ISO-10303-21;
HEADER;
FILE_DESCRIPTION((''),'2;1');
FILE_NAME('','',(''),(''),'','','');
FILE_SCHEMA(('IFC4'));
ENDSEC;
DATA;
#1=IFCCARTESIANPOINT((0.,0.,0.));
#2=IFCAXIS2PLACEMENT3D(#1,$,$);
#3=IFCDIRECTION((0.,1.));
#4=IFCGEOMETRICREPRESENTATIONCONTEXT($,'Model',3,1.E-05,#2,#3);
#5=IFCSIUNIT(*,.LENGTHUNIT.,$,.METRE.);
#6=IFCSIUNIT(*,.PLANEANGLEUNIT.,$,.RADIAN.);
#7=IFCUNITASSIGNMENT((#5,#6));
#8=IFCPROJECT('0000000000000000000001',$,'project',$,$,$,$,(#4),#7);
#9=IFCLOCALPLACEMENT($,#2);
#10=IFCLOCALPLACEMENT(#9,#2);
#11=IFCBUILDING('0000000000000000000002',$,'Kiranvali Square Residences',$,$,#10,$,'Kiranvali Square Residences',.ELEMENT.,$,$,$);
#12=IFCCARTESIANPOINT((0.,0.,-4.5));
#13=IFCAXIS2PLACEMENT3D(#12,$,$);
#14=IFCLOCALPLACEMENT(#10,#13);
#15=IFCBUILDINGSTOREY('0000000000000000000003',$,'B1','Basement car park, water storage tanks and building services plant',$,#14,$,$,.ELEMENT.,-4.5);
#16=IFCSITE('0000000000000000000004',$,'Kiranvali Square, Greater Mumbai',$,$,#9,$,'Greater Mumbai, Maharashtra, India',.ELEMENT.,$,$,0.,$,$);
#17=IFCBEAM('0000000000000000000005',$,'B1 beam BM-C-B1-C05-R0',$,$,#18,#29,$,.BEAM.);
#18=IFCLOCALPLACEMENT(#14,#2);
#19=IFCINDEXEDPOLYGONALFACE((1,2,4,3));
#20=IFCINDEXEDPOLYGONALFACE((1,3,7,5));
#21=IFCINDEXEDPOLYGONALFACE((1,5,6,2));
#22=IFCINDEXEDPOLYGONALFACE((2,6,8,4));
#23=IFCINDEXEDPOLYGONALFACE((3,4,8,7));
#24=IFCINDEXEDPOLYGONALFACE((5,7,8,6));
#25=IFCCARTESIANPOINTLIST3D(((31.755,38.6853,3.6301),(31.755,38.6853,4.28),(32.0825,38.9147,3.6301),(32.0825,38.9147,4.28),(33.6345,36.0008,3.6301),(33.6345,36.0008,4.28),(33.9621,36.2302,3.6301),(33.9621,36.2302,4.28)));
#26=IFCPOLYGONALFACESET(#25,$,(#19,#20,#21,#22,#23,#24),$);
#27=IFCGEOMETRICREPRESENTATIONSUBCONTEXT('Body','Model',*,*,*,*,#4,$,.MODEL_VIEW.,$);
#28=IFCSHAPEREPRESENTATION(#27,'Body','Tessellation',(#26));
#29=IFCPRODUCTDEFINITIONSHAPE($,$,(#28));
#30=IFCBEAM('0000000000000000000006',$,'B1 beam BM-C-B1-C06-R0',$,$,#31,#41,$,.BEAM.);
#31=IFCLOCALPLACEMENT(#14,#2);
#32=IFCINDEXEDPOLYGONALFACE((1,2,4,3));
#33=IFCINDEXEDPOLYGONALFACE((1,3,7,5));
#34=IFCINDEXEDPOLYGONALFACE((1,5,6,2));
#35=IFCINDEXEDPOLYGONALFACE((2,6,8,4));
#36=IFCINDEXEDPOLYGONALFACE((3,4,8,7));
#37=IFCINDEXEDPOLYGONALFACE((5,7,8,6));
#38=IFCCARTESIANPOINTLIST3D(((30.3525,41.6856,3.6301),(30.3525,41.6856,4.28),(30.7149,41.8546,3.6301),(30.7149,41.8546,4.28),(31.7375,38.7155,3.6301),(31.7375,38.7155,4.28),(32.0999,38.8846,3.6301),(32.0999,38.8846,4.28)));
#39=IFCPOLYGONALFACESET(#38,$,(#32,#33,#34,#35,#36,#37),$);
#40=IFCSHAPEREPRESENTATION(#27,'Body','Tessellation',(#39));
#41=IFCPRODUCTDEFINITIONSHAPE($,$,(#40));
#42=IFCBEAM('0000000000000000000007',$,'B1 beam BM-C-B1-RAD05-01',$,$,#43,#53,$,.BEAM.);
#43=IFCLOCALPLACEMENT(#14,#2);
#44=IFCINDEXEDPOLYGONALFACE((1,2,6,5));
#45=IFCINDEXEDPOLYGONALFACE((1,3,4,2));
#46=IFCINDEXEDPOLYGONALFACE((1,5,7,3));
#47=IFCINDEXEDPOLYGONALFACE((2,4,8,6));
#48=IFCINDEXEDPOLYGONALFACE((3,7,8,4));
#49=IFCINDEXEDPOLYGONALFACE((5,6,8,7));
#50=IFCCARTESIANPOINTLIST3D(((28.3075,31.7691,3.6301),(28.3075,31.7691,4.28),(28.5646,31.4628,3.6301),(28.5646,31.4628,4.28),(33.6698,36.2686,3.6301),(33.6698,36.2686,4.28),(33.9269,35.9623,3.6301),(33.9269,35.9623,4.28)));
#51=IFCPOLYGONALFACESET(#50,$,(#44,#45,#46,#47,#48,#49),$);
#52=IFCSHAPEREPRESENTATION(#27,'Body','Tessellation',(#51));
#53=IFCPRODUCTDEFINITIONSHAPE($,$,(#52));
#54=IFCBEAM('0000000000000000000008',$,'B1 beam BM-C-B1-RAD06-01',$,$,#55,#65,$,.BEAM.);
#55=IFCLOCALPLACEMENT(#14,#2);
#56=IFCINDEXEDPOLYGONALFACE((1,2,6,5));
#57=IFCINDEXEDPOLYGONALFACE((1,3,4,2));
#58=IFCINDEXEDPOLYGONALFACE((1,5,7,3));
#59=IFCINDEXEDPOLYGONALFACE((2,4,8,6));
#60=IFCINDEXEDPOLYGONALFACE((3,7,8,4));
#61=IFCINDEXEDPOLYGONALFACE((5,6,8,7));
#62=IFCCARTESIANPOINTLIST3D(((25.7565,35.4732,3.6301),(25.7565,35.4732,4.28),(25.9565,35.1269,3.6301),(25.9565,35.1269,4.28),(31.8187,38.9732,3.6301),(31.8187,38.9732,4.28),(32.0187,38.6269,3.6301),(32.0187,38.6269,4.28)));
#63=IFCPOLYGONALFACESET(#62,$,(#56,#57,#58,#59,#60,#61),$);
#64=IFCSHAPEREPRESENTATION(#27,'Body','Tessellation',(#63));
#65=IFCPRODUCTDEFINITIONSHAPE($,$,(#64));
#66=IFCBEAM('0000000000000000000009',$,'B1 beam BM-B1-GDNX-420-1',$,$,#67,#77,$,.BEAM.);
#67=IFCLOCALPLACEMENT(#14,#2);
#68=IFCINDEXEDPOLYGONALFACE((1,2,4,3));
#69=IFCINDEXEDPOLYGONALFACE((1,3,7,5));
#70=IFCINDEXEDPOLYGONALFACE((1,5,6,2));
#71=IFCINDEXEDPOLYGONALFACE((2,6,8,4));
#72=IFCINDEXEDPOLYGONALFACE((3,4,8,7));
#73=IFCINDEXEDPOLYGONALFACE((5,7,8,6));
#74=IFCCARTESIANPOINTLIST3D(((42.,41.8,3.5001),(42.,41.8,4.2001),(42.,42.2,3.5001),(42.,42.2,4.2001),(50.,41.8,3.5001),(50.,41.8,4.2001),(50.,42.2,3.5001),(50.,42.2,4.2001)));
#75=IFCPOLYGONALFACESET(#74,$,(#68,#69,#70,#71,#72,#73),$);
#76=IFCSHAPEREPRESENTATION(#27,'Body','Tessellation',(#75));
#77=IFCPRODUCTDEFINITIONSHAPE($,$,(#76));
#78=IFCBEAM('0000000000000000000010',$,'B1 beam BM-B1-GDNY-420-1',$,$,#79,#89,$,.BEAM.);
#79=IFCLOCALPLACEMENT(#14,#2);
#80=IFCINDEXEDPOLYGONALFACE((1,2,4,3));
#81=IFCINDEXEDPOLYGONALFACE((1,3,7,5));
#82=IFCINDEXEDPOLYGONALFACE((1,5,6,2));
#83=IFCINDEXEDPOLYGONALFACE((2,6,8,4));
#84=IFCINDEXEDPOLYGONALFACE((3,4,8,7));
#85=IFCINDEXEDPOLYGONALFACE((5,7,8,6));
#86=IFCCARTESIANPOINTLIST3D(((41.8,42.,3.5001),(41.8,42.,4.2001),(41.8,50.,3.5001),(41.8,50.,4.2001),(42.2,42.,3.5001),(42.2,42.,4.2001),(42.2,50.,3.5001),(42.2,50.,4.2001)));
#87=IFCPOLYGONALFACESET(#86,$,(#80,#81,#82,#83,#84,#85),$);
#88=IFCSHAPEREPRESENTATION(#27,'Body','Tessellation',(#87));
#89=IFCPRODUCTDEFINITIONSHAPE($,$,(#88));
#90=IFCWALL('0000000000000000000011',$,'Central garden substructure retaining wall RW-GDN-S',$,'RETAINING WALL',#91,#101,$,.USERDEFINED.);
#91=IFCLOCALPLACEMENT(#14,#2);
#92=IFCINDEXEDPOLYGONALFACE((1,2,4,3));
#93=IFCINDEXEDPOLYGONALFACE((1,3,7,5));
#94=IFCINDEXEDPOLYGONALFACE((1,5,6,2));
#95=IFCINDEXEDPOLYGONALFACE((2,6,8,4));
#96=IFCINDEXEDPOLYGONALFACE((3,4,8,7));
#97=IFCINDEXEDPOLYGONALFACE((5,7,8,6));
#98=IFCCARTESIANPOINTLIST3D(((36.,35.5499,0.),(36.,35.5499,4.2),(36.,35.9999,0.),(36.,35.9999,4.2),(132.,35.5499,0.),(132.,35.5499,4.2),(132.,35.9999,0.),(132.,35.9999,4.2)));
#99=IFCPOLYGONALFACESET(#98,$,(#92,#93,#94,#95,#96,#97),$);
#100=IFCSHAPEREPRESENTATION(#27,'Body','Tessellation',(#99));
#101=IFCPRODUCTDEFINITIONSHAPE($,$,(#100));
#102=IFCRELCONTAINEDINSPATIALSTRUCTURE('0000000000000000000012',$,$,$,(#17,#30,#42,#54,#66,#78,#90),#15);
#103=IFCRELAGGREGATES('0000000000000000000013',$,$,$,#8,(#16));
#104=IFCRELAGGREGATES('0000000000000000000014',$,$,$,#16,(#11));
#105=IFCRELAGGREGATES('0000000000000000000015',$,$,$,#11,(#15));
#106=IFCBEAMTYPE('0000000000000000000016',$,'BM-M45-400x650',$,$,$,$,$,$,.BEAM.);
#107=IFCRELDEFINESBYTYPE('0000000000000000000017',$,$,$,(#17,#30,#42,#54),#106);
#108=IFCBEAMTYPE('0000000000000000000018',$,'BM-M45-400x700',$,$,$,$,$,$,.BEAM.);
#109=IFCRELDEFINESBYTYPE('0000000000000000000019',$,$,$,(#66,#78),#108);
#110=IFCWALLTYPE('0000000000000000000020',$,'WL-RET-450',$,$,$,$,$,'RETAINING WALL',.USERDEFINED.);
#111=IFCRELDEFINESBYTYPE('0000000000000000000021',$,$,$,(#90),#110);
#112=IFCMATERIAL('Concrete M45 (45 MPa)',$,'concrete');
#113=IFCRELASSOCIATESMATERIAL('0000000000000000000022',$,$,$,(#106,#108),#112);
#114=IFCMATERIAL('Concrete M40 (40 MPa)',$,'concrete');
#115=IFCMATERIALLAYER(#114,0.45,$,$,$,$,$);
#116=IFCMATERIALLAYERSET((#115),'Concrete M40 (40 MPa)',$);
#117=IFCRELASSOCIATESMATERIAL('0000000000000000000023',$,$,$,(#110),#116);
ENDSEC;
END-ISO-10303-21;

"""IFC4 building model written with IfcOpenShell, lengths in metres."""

from ifc_helpers import new_model, si_unit, direction, frame, frame_2d, origin, origin_2d, place, context, subcontext, project, spatial, rectangle, extrude, material, layer, layer_set, material_profile, profile_set, type_object, element, save


model = new_model("IFC4")

# Units and contexts
model_context = context("Model", 3, precision=1e-05, world=origin(), true_north=direction((0.0, 1.0)))
body_context = subcontext(model_context, "Body", "Model", "MODEL_VIEW")
ifc_project = project(units=[si_unit("LENGTHUNIT", "METRE"), si_unit("PLANEANGLEUNIT", "RADIAN")], contexts=[model_context])

# Site, building, storey
site_placement = place(None, origin())
site = spatial("IfcSite", under=ifc_project, at=site_placement, Name="Kiranvali Square, Greater Mumbai", LongName="Greater Mumbai, Maharashtra, India", CompositionType="ELEMENT", RefElevation=0.0)
building_placement = place(site_placement, origin())
building = spatial("IfcBuilding", under=site, at=building_placement, Name="Kiranvali Square Residences", LongName="Kiranvali Square Residences", CompositionType="ELEMENT")
storey_placement = place(building_placement, frame((0.0, 0.0, -4.5)))
storey = spatial("IfcBuildingStorey", under=building, at=storey_placement, Name="B1", Description="Basement car park, water storage tanks and building services plant", CompositionType="ELEMENT", Elevation=-4.5)

# Shared definitions
ifc_material_1 = material(Name="Concrete M40 (40 MPa)", Category="concrete")

# Shared definitions
ifc_material_2 = material(Name="Concrete M45 (45 MPa)", Category="concrete")

# Beams
ifc_material_profile_1 = material_profile(ifc_material_2, rectangle(XDim=0.3999, YDim=0.6499, at=origin_2d()), Name="RC 400x650")
ifc_profile_set_1 = profile_set([ifc_material_profile_1], Name="Concrete M45 (45 MPa)")
beam_type_1 = type_object("IfcBeamType", Name="BM-M45-400x650", PredefinedType="BEAM", material=ifc_profile_set_1)
for number, where, z_axis, x_axis, name in (
    (1, (33.7983, 36.1155, 3.9551), (-0.573552, 0.819169, 0.0), (-0.819169, -0.573552, 0.0), "B1 beam BM-C-B1-C05-R0"),
    (2, (31.9187, 38.8, 3.9551), (-0.422641, 0.906297, 0.0), (-0.906297, -0.422641, 0.0), "B1 beam BM-C-B1-C06-R0"),
):
    element("IfcBeam", number, at=place(storey_placement, frame(where, z_axis=z_axis, x_axis=x_axis)), inside=storey, type_object=beam_type_1, Name=name, PredefinedType="BEAM", context=body_context, shape_type="SweptSolid", body=[
        extrude(rectangle(XDim=0.3999, YDim=0.6499, at=origin_2d()), origin(), (0.0, 0.0, 1.0), 3.2771),
    ])
for number, where, z_axis, x_axis, name in (
    (3, (33.7983, 36.1155, 3.9551), (-0.766044, -0.642788, 0.0), (0.642788, -0.766044, 0.0), "B1 beam BM-C-B1-RAD05-01"),
    (4, (31.9187, 38.8, 3.9551), (-0.866028, -0.499995, 0.0), (0.499995, -0.866028, 0.0), "B1 beam BM-C-B1-RAD06-01"),
):
    element("IfcBeam", number, at=place(storey_placement, frame(where, z_axis=z_axis, x_axis=x_axis)), inside=storey, type_object=beam_type_1, Name=name, PredefinedType="BEAM", context=body_context, shape_type="SweptSolid", body=[
        extrude(rectangle(XDim=0.3999, YDim=0.6499, at=origin_2d()), origin(), (0.0, 0.0, 1.0), 7.0),
    ])
ifc_material_profile_2 = material_profile(ifc_material_2, rectangle(XDim=0.3999, YDim=0.7, at=origin_2d()), Name="RC 400x700")
ifc_profile_set_2 = profile_set([ifc_material_profile_2], Name="Concrete M45 (45 MPa)")
beam_type_2 = type_object("IfcBeamType", Name="BM-M45-400x700", PredefinedType="BEAM", material=ifc_profile_set_2)
for number, where, z_axis, x_axis, name in (
    (5, (42.0, 42.0, 3.8501), (1.0, 0.0, 0.0), (0.0, 1.0, 0.0), "B1 beam BM-B1-GDNX-420-1"),
    (6, (42.0, 42.0, 3.8501), (0.0, 1.0, 0.0), (-1.0, 0.0, 0.0), "B1 beam BM-B1-GDNY-420-1"),
):
    element("IfcBeam", number, at=place(storey_placement, frame(where, z_axis=z_axis, x_axis=x_axis)), inside=storey, type_object=beam_type_2, Name=name, PredefinedType="BEAM", context=body_context, shape_type="SweptSolid", body=[
        extrude(rectangle(XDim=0.3999, YDim=0.7, at=origin_2d()), origin(), (0.0, 0.0, 1.0), 8.0),
    ])

# Wall
ifc_layer = layer(ifc_material_1, 0.45)
ifc_layer_set = layer_set([ifc_layer], Name="Concrete M40 (40 MPa)")
wall_type = type_object("IfcWallType", Name="WL-RET-450", ElementType="RETAINING WALL", PredefinedType="USERDEFINED", material=ifc_layer_set)
wall_placement = place(storey_placement, frame((36.0, 35.7749, 0.0), z_axis=(0.0, 0.0, 1.0), x_axis=(1.0, 0.0, 0.0)))
element("IfcWall", 7, at=wall_placement, inside=storey, type_object=wall_type, Name="Central garden substructure retaining wall RW-GDN-S", ObjectType="RETAINING WALL", PredefinedType="USERDEFINED", context=body_context, shape_type="SweptSolid", body=[
    extrude(rectangle(XDim=96.0, YDim=0.45, at=frame_2d((48.0, 0.0))), origin(), (0.0, 0.0, 1.0), 4.2),
])

save(model, "model.ifc")
